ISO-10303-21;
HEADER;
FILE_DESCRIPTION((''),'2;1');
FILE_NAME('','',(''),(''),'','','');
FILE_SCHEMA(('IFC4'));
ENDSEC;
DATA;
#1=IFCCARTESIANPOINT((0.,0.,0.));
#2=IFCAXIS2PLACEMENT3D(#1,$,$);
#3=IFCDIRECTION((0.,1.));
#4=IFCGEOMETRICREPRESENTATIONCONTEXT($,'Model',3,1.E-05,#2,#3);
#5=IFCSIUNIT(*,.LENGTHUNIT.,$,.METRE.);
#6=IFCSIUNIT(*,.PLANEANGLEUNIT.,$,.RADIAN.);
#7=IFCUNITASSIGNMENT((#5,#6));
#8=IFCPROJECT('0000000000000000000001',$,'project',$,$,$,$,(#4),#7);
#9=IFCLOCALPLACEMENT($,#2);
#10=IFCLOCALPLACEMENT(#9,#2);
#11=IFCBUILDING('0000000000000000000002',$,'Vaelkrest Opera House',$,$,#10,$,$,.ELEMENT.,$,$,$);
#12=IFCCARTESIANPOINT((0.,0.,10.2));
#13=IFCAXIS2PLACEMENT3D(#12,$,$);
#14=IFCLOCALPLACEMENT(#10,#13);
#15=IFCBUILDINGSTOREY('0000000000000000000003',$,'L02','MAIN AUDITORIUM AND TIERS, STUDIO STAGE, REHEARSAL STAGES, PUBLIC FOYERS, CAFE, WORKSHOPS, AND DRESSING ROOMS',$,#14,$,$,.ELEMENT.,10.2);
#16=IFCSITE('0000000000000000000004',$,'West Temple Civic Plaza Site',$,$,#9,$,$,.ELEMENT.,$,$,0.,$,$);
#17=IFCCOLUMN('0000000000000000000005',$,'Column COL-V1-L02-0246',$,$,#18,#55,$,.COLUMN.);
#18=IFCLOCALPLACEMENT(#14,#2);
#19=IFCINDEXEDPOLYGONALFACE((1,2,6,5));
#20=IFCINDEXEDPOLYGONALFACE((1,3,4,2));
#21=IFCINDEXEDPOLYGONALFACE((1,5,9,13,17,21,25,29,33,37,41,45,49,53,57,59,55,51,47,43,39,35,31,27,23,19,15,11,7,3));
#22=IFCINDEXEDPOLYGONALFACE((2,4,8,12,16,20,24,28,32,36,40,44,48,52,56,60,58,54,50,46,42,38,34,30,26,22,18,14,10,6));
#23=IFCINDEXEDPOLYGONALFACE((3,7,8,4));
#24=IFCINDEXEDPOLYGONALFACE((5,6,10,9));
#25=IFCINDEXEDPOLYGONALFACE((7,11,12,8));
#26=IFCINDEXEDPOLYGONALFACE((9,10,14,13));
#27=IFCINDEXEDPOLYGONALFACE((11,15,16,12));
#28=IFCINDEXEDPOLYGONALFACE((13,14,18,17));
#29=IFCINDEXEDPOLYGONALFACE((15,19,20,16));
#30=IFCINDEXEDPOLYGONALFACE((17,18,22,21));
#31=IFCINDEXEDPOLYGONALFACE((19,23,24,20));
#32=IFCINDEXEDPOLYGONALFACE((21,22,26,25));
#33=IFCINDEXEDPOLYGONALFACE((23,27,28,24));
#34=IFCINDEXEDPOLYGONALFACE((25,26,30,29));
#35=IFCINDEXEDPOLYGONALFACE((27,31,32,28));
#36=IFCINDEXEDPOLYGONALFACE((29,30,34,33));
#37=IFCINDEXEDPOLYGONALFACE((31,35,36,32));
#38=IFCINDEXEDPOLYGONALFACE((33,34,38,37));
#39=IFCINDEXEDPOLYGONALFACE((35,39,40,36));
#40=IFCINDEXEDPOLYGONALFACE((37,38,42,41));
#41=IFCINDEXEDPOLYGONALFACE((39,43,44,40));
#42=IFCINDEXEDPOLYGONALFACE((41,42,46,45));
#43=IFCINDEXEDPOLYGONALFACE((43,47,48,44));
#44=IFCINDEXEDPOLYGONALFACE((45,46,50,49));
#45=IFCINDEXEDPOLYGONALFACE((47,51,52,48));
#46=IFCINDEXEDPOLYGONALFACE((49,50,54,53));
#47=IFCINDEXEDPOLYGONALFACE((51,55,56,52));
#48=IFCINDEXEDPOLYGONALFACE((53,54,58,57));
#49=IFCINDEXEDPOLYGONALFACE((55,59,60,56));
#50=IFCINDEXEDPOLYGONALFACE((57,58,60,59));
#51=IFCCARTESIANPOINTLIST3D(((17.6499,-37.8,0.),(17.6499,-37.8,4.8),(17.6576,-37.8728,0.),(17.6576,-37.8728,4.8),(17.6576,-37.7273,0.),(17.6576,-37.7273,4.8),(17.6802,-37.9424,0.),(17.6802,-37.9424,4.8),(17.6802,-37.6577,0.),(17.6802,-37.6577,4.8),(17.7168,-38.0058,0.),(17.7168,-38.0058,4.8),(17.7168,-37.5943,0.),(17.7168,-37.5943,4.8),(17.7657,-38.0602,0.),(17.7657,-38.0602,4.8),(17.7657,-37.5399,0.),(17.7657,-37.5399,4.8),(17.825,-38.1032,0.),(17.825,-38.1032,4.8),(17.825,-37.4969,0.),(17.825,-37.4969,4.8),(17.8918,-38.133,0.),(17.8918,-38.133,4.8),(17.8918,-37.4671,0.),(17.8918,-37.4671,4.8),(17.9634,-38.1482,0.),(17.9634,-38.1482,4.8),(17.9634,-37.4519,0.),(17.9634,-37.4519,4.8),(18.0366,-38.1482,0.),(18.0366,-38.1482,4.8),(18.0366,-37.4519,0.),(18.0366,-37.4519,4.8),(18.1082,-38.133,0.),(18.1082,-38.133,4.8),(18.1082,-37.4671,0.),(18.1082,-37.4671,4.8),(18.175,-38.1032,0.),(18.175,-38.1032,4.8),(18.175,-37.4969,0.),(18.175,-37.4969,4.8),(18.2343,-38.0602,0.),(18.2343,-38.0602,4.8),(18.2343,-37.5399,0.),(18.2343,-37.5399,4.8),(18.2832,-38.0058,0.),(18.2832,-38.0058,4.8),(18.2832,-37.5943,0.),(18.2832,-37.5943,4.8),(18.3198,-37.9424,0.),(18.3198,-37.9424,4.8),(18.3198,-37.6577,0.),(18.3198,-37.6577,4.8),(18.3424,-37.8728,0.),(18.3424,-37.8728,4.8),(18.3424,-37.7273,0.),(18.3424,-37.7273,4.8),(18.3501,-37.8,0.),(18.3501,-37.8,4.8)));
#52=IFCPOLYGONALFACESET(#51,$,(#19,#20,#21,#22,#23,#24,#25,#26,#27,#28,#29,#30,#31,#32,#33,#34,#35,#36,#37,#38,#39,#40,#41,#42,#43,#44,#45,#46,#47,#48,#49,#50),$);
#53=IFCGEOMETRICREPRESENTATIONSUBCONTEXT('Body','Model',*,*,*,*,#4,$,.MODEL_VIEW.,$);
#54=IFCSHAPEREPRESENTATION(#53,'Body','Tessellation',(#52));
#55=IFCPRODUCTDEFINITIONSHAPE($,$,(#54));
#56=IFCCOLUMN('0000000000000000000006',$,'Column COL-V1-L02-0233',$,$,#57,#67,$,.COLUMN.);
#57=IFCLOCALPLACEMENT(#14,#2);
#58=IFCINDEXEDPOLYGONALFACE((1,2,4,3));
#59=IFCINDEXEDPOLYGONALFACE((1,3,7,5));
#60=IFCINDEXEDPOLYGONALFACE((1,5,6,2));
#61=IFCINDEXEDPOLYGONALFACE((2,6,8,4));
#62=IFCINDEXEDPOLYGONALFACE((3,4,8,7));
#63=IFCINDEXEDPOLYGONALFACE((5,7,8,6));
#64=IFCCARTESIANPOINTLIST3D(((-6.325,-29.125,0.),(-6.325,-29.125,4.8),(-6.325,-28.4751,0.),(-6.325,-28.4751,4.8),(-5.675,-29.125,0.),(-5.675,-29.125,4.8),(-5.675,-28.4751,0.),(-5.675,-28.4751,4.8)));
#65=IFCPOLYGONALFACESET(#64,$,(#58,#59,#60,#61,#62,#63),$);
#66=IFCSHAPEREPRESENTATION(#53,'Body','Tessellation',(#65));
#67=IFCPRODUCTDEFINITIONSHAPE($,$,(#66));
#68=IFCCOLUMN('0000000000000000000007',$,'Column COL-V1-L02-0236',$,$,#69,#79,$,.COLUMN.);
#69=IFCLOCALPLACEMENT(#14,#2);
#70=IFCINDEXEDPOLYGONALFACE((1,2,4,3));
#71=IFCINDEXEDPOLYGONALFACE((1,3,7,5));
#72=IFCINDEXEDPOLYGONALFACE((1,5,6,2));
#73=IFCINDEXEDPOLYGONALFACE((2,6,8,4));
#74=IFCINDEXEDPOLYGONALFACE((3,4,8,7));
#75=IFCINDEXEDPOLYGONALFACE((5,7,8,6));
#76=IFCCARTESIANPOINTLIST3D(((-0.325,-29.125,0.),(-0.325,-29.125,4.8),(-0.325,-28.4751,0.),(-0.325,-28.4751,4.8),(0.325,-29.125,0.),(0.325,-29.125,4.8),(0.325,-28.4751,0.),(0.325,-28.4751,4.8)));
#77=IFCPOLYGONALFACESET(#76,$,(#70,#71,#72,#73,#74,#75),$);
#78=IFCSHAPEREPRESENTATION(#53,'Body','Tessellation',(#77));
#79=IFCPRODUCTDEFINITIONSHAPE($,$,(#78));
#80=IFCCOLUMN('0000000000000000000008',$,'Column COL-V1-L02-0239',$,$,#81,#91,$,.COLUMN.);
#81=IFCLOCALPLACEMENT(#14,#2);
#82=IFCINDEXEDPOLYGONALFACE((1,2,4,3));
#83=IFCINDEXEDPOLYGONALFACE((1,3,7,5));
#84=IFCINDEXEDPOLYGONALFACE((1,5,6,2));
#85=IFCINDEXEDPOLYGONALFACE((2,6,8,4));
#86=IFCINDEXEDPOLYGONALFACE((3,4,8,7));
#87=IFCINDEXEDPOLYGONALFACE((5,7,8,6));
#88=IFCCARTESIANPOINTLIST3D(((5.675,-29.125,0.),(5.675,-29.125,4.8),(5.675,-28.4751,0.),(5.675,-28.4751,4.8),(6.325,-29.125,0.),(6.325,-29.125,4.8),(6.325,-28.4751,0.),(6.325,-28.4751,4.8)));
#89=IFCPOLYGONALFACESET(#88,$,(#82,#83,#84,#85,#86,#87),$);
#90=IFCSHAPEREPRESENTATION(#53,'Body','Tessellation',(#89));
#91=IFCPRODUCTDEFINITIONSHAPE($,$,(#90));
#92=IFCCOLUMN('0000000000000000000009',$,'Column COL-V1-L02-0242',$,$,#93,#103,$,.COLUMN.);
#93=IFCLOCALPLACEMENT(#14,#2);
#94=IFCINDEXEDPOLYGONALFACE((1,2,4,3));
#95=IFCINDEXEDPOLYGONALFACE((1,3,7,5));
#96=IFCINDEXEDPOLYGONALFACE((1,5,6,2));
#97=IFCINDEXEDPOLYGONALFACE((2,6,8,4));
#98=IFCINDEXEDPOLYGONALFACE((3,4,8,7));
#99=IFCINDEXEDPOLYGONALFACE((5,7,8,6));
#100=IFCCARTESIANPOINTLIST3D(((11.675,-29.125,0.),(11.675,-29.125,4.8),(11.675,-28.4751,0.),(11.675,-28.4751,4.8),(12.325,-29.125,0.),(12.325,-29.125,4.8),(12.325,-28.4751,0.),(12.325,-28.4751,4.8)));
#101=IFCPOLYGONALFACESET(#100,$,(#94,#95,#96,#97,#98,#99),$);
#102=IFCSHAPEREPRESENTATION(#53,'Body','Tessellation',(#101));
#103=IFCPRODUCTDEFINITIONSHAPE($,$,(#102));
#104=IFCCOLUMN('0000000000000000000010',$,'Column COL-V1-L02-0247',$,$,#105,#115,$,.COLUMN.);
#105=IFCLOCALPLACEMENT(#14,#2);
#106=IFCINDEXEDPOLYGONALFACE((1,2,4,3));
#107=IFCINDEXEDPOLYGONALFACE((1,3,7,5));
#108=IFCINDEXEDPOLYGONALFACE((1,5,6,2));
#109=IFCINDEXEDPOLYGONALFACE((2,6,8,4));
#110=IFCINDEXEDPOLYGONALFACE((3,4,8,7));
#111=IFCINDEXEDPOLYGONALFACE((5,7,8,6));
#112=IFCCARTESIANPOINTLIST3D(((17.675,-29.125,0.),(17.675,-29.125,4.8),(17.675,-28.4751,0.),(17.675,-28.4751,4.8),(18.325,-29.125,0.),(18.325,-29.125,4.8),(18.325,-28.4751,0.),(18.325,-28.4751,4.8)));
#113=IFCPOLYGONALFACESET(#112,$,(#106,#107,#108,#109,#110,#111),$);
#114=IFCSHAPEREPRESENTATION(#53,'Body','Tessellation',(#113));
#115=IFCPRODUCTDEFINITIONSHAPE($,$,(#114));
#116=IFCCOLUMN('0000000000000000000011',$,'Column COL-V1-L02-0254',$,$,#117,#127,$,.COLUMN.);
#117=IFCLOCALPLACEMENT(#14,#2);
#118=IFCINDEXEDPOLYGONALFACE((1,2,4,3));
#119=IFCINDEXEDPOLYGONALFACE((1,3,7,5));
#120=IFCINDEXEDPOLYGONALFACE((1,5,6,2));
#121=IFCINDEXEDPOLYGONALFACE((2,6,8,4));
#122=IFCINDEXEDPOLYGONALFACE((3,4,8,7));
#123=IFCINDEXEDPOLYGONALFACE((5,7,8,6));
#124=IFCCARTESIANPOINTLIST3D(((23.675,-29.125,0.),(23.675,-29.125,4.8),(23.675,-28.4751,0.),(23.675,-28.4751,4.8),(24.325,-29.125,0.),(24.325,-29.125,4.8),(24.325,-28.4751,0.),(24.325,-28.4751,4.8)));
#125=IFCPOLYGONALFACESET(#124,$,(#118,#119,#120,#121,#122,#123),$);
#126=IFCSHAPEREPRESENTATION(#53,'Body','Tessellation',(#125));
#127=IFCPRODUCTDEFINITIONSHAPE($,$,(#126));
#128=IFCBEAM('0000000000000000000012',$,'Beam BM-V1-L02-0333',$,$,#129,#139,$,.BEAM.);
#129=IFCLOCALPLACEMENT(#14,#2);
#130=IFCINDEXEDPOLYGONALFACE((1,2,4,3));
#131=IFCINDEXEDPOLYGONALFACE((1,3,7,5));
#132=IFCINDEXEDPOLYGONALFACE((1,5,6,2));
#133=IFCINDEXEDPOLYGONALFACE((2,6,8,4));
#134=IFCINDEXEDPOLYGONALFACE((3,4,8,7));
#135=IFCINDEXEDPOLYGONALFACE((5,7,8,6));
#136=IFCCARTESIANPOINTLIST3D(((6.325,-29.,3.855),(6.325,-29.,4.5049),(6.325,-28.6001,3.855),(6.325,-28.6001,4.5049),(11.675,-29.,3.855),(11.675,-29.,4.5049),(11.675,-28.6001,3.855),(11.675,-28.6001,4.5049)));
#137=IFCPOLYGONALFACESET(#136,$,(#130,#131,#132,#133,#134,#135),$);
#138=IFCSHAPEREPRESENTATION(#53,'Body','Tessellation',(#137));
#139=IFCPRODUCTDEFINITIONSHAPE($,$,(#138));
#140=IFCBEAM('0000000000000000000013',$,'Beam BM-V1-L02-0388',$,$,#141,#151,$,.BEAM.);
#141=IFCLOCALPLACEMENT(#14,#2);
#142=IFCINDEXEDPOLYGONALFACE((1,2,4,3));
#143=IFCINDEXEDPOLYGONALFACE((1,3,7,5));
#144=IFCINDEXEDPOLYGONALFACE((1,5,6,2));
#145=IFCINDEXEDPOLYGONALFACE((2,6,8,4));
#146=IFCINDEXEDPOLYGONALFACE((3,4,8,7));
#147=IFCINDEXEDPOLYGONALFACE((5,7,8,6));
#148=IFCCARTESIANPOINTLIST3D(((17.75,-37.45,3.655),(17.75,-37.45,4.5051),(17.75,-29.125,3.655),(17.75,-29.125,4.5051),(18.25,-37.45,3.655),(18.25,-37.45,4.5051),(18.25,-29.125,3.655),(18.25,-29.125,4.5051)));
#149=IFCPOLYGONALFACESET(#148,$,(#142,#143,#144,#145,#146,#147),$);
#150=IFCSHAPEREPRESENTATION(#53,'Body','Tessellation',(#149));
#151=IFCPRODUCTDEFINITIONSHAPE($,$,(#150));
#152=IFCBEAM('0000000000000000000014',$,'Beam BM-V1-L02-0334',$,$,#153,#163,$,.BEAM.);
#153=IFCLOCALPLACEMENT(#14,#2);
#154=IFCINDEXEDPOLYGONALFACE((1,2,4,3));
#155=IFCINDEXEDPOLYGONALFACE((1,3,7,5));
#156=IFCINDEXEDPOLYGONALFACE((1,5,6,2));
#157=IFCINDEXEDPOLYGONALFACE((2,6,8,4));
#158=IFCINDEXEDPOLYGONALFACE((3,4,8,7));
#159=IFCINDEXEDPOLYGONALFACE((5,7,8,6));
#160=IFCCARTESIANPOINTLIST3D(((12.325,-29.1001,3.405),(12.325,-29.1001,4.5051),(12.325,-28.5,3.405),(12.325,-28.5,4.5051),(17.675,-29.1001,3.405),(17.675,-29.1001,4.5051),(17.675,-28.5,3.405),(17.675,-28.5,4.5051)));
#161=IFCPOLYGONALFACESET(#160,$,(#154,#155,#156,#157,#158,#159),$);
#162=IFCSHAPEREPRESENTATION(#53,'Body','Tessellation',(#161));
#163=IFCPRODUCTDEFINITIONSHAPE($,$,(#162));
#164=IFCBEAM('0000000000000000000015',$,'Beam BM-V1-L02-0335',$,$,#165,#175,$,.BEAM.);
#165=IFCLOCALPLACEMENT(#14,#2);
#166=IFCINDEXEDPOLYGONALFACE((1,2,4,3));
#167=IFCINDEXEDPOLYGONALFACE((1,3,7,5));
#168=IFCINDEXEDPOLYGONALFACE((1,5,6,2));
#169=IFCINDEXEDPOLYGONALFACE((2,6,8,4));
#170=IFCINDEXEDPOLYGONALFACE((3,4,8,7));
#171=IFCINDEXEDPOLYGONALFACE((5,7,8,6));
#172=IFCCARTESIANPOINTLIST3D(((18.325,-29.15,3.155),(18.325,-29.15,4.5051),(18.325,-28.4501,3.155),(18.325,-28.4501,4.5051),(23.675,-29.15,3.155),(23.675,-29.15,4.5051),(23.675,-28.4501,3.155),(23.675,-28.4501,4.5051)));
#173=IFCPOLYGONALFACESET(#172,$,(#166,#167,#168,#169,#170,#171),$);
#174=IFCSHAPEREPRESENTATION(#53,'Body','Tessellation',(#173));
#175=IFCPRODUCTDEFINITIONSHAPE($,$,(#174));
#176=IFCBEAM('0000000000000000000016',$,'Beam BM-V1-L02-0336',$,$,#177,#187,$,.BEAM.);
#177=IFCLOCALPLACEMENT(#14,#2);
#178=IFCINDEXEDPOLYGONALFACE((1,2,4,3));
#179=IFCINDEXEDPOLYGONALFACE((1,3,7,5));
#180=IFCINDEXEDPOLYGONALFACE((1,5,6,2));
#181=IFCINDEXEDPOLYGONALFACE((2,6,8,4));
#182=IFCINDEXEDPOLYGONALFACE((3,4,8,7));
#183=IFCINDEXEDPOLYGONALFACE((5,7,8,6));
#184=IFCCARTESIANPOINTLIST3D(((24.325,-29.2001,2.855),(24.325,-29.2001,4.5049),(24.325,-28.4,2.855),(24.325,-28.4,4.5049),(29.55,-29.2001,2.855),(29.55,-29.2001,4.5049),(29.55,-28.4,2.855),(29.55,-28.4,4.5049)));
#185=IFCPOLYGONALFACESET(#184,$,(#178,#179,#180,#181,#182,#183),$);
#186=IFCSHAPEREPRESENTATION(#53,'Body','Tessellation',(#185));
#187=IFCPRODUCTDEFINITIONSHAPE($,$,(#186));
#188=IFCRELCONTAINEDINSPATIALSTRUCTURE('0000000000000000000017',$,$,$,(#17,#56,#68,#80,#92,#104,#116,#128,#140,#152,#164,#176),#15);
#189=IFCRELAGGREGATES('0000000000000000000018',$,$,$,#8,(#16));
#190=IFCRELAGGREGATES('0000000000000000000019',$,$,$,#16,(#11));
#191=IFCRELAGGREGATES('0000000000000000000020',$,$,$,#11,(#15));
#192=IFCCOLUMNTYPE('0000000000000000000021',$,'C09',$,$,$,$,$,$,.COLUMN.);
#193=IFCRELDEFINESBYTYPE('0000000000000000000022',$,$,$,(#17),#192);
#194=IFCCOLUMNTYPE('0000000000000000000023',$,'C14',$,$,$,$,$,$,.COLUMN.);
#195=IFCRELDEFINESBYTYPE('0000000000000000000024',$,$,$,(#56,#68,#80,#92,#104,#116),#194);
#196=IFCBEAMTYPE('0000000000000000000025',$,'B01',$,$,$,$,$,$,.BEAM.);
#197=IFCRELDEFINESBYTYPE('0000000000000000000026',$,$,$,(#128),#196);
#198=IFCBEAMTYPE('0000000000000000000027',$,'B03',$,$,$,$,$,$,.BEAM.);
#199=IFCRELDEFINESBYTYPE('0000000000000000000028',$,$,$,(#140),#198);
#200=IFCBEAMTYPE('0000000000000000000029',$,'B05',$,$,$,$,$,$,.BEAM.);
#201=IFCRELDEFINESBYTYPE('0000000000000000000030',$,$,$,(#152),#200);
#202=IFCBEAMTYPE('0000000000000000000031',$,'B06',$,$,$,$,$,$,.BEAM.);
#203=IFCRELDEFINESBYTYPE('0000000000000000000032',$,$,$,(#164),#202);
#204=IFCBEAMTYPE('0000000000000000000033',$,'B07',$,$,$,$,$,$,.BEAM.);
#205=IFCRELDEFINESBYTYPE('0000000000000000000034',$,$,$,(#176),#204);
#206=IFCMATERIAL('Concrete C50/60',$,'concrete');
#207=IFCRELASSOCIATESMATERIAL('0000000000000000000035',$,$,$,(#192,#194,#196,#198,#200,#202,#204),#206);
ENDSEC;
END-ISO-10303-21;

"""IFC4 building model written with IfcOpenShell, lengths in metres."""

from ifc_helpers import new_model, si_unit, direction, frame, origin, origin_2d, place, context, subcontext, project, spatial, rectangle, circle, extrude, material, material_profile, profile_set, type_object, element, save


model = new_model("IFC4")

# Units and contexts
model_context = context("Model", 3, precision=1e-05, world=origin(), true_north=direction((0.0, 1.0)))
body_context = subcontext(model_context, "Body", "Model", "MODEL_VIEW")
ifc_project = project(units=[si_unit("LENGTHUNIT", "METRE"), si_unit("PLANEANGLEUNIT", "RADIAN")], contexts=[model_context])

# Site, building, storey
site_placement = place(None, origin())
site = spatial("IfcSite", under=ifc_project, at=site_placement, Name="West Temple Civic Plaza Site", CompositionType="ELEMENT", RefElevation=0.0)
building_placement = place(site_placement, origin())
building = spatial("IfcBuilding", under=site, at=building_placement, Name="Vaelkrest Opera House", CompositionType="ELEMENT")
storey_placement = place(building_placement, frame((0.0, 0.0, 10.2)))
storey = spatial("IfcBuildingStorey", under=building, at=storey_placement, Name="L02", Description="MAIN AUDITORIUM AND TIERS, STUDIO STAGE, REHEARSAL STAGES, PUBLIC FOYERS, CAFE, WORKSHOPS, AND DRESSING ROOMS", CompositionType="ELEMENT", Elevation=10.2)

# Columns
ifc_material_1 = material(Name="Concrete C50/60", Category="concrete")
ifc_material_profile_1 = material_profile(ifc_material_1, circle(Radius=0.3501, at=origin_2d()), Name="RCD700")
ifc_profile_set_1 = profile_set([ifc_material_profile_1], Name="Concrete C50/60")
column_type_1 = type_object("IfcColumnType", Name="C09", PredefinedType="COLUMN", material=ifc_profile_set_1)
column_placement = place(storey_placement, frame((18.0, -37.8, 0.0), z_axis=(0.0, 0.0, 1.0), x_axis=(1.0, 0.0, 0.0)))
element("IfcColumn", 1, at=column_placement, inside=storey, type_object=column_type_1, Name="Column COL-V1-L02-0246", PredefinedType="COLUMN", context=body_context, shape_type="SweptSolid", body=[
    extrude(circle(Radius=0.3501, at=origin_2d()), origin(), (0.0, 0.0, 1.0), 4.8),
])
ifc_material_profile_2 = material_profile(ifc_material_1, rectangle(XDim=0.6499, YDim=0.6499, at=origin_2d()), Name="RC650X650")
ifc_profile_set_2 = profile_set([ifc_material_profile_2], Name="Concrete C50/60")
column_type_2 = type_object("IfcColumnType", Name="C14", PredefinedType="COLUMN", material=ifc_profile_set_2)
for number, where, z_axis, x_axis, name in (
    (2, (-6.0, -28.8, 0.0), (0.0, 0.0, 1.0), (1.0, 0.0, 0.0), "Column COL-V1-L02-0233"),
    (3, (0.0, -28.8, 0.0), (0.0, 0.0, 1.0), (1.0, 0.0, 0.0), "Column COL-V1-L02-0236"),
    (4, (6.0, -28.8, 0.0), (0.0, 0.0, 1.0), (1.0, 0.0, 0.0), "Column COL-V1-L02-0239"),
    (5, (12.0, -28.8, 0.0), (0.0, 0.0, 1.0), (1.0, 0.0, 0.0), "Column COL-V1-L02-0242"),
    (6, (18.0, -28.8, 0.0), (0.0, 0.0, 1.0), (1.0, 0.0, 0.0), "Column COL-V1-L02-0247"),
    (7, (24.0, -28.8, 0.0), (0.0, 0.0, 1.0), (1.0, 0.0, 0.0), "Column COL-V1-L02-0254"),
):
    element("IfcColumn", number, at=place(storey_placement, frame(where, z_axis=z_axis, x_axis=x_axis)), inside=storey, type_object=column_type_2, Name=name, PredefinedType="COLUMN", context=body_context, shape_type="SweptSolid", body=[
        extrude(rectangle(XDim=0.6499, YDim=0.6499, at=origin_2d()), origin(), (0.0, 0.0, 1.0), 4.8),
    ])

# Beams
ifc_material_profile_3 = material_profile(ifc_material_1, rectangle(XDim=0.3999, YDim=0.6499, at=origin_2d()), Name="RCB400X650")
ifc_profile_set_3 = profile_set([ifc_material_profile_3], Name="Concrete C50/60")
beam_type_1 = type_object("IfcBeamType", Name="B01", PredefinedType="BEAM", material=ifc_profile_set_3)
beam_1_placement = place(storey_placement, frame((6.325, -28.8, 4.1799), z_axis=(1.0, 0.0, 0.0), x_axis=(0.0, 1.0, 0.0)))
element("IfcBeam", 8, at=beam_1_placement, inside=storey, type_object=beam_type_1, Name="Beam BM-V1-L02-0333", PredefinedType="BEAM", context=body_context, shape_type="SweptSolid", body=[
    extrude(rectangle(XDim=0.3999, YDim=0.6499, at=origin_2d()), origin(), (0.0, 0.0, 1.0), 5.3501),
])
ifc_material_profile_4 = material_profile(ifc_material_1, rectangle(XDim=0.5, YDim=0.8501, at=origin_2d()), Name="RCB500X850")
ifc_profile_set_4 = profile_set([ifc_material_profile_4], Name="Concrete C50/60")
beam_type_2 = type_object("IfcBeamType", Name="B03", PredefinedType="BEAM", material=ifc_profile_set_4)
beam_2_placement = place(storey_placement, frame((18.0, -37.45, 4.0801), z_axis=(0.0, 1.0, 0.0), x_axis=(-1.0, 0.0, 0.0)))
element("IfcBeam", 9, at=beam_2_placement, inside=storey, type_object=beam_type_2, Name="Beam BM-V1-L02-0388", PredefinedType="BEAM", context=body_context, shape_type="SweptSolid", body=[
    extrude(rectangle(XDim=0.5, YDim=0.8501, at=origin_2d()), origin(), (0.0, 0.0, 1.0), 8.325),
])
ifc_material_profile_5 = material_profile(ifc_material_1, rectangle(XDim=0.6001, YDim=1.1001, at=origin_2d()), Name="RCB600X1100")
ifc_profile_set_5 = profile_set([ifc_material_profile_5], Name="Concrete C50/60")
beam_type_3 = type_object("IfcBeamType", Name="B05", PredefinedType="BEAM", material=ifc_profile_set_5)
beam_3_placement = place(storey_placement, frame((12.325, -28.8, 3.9551), z_axis=(1.0, 0.0, 0.0), x_axis=(0.0, 1.0, 0.0)))
element("IfcBeam", 10, at=beam_3_placement, inside=storey, type_object=beam_type_3, Name="Beam BM-V1-L02-0334", PredefinedType="BEAM", context=body_context, shape_type="SweptSolid", body=[
    extrude(rectangle(XDim=0.6001, YDim=1.1001, at=origin_2d()), origin(), (0.0, 0.0, 1.0), 5.3501),
])
ifc_material_profile_6 = material_profile(ifc_material_1, rectangle(XDim=0.7, YDim=1.3501, at=origin_2d()), Name="RCB700X1350")
ifc_profile_set_6 = profile_set([ifc_material_profile_6], Name="Concrete C50/60")
beam_type_4 = type_object("IfcBeamType", Name="B06", PredefinedType="BEAM", material=ifc_profile_set_6)
beam_4_placement = place(storey_placement, frame((18.325, -28.8, 3.8301), z_axis=(1.0, 0.0, 0.0), x_axis=(0.0, 1.0, 0.0)))
element("IfcBeam", 11, at=beam_4_placement, inside=storey, type_object=beam_type_4, Name="Beam BM-V1-L02-0335", PredefinedType="BEAM", context=body_context, shape_type="SweptSolid", body=[
    extrude(rectangle(XDim=0.7, YDim=1.3501, at=origin_2d()), origin(), (0.0, 0.0, 1.0), 5.3501),
])
ifc_material_profile_7 = material_profile(ifc_material_1, rectangle(XDim=0.8, YDim=1.6499, at=origin_2d()), Name="RCB800X1650")
ifc_profile_set_7 = profile_set([ifc_material_profile_7], Name="Concrete C50/60")
beam_type_5 = type_object("IfcBeamType", Name="B07", PredefinedType="BEAM", material=ifc_profile_set_7)
beam_5_placement = place(storey_placement, frame((24.325, -28.8, 3.6799), z_axis=(1.0, 0.0, 0.0), x_axis=(0.0, 1.0, 0.0)))
element("IfcBeam", 12, at=beam_5_placement, inside=storey, type_object=beam_type_5, Name="Beam BM-V1-L02-0336", PredefinedType="BEAM", context=body_context, shape_type="SweptSolid", body=[
    extrude(rectangle(XDim=0.8, YDim=1.6499, at=origin_2d()), origin(), (0.0, 0.0, 1.0), 5.2251),
])

save(model, "model.ifc")
